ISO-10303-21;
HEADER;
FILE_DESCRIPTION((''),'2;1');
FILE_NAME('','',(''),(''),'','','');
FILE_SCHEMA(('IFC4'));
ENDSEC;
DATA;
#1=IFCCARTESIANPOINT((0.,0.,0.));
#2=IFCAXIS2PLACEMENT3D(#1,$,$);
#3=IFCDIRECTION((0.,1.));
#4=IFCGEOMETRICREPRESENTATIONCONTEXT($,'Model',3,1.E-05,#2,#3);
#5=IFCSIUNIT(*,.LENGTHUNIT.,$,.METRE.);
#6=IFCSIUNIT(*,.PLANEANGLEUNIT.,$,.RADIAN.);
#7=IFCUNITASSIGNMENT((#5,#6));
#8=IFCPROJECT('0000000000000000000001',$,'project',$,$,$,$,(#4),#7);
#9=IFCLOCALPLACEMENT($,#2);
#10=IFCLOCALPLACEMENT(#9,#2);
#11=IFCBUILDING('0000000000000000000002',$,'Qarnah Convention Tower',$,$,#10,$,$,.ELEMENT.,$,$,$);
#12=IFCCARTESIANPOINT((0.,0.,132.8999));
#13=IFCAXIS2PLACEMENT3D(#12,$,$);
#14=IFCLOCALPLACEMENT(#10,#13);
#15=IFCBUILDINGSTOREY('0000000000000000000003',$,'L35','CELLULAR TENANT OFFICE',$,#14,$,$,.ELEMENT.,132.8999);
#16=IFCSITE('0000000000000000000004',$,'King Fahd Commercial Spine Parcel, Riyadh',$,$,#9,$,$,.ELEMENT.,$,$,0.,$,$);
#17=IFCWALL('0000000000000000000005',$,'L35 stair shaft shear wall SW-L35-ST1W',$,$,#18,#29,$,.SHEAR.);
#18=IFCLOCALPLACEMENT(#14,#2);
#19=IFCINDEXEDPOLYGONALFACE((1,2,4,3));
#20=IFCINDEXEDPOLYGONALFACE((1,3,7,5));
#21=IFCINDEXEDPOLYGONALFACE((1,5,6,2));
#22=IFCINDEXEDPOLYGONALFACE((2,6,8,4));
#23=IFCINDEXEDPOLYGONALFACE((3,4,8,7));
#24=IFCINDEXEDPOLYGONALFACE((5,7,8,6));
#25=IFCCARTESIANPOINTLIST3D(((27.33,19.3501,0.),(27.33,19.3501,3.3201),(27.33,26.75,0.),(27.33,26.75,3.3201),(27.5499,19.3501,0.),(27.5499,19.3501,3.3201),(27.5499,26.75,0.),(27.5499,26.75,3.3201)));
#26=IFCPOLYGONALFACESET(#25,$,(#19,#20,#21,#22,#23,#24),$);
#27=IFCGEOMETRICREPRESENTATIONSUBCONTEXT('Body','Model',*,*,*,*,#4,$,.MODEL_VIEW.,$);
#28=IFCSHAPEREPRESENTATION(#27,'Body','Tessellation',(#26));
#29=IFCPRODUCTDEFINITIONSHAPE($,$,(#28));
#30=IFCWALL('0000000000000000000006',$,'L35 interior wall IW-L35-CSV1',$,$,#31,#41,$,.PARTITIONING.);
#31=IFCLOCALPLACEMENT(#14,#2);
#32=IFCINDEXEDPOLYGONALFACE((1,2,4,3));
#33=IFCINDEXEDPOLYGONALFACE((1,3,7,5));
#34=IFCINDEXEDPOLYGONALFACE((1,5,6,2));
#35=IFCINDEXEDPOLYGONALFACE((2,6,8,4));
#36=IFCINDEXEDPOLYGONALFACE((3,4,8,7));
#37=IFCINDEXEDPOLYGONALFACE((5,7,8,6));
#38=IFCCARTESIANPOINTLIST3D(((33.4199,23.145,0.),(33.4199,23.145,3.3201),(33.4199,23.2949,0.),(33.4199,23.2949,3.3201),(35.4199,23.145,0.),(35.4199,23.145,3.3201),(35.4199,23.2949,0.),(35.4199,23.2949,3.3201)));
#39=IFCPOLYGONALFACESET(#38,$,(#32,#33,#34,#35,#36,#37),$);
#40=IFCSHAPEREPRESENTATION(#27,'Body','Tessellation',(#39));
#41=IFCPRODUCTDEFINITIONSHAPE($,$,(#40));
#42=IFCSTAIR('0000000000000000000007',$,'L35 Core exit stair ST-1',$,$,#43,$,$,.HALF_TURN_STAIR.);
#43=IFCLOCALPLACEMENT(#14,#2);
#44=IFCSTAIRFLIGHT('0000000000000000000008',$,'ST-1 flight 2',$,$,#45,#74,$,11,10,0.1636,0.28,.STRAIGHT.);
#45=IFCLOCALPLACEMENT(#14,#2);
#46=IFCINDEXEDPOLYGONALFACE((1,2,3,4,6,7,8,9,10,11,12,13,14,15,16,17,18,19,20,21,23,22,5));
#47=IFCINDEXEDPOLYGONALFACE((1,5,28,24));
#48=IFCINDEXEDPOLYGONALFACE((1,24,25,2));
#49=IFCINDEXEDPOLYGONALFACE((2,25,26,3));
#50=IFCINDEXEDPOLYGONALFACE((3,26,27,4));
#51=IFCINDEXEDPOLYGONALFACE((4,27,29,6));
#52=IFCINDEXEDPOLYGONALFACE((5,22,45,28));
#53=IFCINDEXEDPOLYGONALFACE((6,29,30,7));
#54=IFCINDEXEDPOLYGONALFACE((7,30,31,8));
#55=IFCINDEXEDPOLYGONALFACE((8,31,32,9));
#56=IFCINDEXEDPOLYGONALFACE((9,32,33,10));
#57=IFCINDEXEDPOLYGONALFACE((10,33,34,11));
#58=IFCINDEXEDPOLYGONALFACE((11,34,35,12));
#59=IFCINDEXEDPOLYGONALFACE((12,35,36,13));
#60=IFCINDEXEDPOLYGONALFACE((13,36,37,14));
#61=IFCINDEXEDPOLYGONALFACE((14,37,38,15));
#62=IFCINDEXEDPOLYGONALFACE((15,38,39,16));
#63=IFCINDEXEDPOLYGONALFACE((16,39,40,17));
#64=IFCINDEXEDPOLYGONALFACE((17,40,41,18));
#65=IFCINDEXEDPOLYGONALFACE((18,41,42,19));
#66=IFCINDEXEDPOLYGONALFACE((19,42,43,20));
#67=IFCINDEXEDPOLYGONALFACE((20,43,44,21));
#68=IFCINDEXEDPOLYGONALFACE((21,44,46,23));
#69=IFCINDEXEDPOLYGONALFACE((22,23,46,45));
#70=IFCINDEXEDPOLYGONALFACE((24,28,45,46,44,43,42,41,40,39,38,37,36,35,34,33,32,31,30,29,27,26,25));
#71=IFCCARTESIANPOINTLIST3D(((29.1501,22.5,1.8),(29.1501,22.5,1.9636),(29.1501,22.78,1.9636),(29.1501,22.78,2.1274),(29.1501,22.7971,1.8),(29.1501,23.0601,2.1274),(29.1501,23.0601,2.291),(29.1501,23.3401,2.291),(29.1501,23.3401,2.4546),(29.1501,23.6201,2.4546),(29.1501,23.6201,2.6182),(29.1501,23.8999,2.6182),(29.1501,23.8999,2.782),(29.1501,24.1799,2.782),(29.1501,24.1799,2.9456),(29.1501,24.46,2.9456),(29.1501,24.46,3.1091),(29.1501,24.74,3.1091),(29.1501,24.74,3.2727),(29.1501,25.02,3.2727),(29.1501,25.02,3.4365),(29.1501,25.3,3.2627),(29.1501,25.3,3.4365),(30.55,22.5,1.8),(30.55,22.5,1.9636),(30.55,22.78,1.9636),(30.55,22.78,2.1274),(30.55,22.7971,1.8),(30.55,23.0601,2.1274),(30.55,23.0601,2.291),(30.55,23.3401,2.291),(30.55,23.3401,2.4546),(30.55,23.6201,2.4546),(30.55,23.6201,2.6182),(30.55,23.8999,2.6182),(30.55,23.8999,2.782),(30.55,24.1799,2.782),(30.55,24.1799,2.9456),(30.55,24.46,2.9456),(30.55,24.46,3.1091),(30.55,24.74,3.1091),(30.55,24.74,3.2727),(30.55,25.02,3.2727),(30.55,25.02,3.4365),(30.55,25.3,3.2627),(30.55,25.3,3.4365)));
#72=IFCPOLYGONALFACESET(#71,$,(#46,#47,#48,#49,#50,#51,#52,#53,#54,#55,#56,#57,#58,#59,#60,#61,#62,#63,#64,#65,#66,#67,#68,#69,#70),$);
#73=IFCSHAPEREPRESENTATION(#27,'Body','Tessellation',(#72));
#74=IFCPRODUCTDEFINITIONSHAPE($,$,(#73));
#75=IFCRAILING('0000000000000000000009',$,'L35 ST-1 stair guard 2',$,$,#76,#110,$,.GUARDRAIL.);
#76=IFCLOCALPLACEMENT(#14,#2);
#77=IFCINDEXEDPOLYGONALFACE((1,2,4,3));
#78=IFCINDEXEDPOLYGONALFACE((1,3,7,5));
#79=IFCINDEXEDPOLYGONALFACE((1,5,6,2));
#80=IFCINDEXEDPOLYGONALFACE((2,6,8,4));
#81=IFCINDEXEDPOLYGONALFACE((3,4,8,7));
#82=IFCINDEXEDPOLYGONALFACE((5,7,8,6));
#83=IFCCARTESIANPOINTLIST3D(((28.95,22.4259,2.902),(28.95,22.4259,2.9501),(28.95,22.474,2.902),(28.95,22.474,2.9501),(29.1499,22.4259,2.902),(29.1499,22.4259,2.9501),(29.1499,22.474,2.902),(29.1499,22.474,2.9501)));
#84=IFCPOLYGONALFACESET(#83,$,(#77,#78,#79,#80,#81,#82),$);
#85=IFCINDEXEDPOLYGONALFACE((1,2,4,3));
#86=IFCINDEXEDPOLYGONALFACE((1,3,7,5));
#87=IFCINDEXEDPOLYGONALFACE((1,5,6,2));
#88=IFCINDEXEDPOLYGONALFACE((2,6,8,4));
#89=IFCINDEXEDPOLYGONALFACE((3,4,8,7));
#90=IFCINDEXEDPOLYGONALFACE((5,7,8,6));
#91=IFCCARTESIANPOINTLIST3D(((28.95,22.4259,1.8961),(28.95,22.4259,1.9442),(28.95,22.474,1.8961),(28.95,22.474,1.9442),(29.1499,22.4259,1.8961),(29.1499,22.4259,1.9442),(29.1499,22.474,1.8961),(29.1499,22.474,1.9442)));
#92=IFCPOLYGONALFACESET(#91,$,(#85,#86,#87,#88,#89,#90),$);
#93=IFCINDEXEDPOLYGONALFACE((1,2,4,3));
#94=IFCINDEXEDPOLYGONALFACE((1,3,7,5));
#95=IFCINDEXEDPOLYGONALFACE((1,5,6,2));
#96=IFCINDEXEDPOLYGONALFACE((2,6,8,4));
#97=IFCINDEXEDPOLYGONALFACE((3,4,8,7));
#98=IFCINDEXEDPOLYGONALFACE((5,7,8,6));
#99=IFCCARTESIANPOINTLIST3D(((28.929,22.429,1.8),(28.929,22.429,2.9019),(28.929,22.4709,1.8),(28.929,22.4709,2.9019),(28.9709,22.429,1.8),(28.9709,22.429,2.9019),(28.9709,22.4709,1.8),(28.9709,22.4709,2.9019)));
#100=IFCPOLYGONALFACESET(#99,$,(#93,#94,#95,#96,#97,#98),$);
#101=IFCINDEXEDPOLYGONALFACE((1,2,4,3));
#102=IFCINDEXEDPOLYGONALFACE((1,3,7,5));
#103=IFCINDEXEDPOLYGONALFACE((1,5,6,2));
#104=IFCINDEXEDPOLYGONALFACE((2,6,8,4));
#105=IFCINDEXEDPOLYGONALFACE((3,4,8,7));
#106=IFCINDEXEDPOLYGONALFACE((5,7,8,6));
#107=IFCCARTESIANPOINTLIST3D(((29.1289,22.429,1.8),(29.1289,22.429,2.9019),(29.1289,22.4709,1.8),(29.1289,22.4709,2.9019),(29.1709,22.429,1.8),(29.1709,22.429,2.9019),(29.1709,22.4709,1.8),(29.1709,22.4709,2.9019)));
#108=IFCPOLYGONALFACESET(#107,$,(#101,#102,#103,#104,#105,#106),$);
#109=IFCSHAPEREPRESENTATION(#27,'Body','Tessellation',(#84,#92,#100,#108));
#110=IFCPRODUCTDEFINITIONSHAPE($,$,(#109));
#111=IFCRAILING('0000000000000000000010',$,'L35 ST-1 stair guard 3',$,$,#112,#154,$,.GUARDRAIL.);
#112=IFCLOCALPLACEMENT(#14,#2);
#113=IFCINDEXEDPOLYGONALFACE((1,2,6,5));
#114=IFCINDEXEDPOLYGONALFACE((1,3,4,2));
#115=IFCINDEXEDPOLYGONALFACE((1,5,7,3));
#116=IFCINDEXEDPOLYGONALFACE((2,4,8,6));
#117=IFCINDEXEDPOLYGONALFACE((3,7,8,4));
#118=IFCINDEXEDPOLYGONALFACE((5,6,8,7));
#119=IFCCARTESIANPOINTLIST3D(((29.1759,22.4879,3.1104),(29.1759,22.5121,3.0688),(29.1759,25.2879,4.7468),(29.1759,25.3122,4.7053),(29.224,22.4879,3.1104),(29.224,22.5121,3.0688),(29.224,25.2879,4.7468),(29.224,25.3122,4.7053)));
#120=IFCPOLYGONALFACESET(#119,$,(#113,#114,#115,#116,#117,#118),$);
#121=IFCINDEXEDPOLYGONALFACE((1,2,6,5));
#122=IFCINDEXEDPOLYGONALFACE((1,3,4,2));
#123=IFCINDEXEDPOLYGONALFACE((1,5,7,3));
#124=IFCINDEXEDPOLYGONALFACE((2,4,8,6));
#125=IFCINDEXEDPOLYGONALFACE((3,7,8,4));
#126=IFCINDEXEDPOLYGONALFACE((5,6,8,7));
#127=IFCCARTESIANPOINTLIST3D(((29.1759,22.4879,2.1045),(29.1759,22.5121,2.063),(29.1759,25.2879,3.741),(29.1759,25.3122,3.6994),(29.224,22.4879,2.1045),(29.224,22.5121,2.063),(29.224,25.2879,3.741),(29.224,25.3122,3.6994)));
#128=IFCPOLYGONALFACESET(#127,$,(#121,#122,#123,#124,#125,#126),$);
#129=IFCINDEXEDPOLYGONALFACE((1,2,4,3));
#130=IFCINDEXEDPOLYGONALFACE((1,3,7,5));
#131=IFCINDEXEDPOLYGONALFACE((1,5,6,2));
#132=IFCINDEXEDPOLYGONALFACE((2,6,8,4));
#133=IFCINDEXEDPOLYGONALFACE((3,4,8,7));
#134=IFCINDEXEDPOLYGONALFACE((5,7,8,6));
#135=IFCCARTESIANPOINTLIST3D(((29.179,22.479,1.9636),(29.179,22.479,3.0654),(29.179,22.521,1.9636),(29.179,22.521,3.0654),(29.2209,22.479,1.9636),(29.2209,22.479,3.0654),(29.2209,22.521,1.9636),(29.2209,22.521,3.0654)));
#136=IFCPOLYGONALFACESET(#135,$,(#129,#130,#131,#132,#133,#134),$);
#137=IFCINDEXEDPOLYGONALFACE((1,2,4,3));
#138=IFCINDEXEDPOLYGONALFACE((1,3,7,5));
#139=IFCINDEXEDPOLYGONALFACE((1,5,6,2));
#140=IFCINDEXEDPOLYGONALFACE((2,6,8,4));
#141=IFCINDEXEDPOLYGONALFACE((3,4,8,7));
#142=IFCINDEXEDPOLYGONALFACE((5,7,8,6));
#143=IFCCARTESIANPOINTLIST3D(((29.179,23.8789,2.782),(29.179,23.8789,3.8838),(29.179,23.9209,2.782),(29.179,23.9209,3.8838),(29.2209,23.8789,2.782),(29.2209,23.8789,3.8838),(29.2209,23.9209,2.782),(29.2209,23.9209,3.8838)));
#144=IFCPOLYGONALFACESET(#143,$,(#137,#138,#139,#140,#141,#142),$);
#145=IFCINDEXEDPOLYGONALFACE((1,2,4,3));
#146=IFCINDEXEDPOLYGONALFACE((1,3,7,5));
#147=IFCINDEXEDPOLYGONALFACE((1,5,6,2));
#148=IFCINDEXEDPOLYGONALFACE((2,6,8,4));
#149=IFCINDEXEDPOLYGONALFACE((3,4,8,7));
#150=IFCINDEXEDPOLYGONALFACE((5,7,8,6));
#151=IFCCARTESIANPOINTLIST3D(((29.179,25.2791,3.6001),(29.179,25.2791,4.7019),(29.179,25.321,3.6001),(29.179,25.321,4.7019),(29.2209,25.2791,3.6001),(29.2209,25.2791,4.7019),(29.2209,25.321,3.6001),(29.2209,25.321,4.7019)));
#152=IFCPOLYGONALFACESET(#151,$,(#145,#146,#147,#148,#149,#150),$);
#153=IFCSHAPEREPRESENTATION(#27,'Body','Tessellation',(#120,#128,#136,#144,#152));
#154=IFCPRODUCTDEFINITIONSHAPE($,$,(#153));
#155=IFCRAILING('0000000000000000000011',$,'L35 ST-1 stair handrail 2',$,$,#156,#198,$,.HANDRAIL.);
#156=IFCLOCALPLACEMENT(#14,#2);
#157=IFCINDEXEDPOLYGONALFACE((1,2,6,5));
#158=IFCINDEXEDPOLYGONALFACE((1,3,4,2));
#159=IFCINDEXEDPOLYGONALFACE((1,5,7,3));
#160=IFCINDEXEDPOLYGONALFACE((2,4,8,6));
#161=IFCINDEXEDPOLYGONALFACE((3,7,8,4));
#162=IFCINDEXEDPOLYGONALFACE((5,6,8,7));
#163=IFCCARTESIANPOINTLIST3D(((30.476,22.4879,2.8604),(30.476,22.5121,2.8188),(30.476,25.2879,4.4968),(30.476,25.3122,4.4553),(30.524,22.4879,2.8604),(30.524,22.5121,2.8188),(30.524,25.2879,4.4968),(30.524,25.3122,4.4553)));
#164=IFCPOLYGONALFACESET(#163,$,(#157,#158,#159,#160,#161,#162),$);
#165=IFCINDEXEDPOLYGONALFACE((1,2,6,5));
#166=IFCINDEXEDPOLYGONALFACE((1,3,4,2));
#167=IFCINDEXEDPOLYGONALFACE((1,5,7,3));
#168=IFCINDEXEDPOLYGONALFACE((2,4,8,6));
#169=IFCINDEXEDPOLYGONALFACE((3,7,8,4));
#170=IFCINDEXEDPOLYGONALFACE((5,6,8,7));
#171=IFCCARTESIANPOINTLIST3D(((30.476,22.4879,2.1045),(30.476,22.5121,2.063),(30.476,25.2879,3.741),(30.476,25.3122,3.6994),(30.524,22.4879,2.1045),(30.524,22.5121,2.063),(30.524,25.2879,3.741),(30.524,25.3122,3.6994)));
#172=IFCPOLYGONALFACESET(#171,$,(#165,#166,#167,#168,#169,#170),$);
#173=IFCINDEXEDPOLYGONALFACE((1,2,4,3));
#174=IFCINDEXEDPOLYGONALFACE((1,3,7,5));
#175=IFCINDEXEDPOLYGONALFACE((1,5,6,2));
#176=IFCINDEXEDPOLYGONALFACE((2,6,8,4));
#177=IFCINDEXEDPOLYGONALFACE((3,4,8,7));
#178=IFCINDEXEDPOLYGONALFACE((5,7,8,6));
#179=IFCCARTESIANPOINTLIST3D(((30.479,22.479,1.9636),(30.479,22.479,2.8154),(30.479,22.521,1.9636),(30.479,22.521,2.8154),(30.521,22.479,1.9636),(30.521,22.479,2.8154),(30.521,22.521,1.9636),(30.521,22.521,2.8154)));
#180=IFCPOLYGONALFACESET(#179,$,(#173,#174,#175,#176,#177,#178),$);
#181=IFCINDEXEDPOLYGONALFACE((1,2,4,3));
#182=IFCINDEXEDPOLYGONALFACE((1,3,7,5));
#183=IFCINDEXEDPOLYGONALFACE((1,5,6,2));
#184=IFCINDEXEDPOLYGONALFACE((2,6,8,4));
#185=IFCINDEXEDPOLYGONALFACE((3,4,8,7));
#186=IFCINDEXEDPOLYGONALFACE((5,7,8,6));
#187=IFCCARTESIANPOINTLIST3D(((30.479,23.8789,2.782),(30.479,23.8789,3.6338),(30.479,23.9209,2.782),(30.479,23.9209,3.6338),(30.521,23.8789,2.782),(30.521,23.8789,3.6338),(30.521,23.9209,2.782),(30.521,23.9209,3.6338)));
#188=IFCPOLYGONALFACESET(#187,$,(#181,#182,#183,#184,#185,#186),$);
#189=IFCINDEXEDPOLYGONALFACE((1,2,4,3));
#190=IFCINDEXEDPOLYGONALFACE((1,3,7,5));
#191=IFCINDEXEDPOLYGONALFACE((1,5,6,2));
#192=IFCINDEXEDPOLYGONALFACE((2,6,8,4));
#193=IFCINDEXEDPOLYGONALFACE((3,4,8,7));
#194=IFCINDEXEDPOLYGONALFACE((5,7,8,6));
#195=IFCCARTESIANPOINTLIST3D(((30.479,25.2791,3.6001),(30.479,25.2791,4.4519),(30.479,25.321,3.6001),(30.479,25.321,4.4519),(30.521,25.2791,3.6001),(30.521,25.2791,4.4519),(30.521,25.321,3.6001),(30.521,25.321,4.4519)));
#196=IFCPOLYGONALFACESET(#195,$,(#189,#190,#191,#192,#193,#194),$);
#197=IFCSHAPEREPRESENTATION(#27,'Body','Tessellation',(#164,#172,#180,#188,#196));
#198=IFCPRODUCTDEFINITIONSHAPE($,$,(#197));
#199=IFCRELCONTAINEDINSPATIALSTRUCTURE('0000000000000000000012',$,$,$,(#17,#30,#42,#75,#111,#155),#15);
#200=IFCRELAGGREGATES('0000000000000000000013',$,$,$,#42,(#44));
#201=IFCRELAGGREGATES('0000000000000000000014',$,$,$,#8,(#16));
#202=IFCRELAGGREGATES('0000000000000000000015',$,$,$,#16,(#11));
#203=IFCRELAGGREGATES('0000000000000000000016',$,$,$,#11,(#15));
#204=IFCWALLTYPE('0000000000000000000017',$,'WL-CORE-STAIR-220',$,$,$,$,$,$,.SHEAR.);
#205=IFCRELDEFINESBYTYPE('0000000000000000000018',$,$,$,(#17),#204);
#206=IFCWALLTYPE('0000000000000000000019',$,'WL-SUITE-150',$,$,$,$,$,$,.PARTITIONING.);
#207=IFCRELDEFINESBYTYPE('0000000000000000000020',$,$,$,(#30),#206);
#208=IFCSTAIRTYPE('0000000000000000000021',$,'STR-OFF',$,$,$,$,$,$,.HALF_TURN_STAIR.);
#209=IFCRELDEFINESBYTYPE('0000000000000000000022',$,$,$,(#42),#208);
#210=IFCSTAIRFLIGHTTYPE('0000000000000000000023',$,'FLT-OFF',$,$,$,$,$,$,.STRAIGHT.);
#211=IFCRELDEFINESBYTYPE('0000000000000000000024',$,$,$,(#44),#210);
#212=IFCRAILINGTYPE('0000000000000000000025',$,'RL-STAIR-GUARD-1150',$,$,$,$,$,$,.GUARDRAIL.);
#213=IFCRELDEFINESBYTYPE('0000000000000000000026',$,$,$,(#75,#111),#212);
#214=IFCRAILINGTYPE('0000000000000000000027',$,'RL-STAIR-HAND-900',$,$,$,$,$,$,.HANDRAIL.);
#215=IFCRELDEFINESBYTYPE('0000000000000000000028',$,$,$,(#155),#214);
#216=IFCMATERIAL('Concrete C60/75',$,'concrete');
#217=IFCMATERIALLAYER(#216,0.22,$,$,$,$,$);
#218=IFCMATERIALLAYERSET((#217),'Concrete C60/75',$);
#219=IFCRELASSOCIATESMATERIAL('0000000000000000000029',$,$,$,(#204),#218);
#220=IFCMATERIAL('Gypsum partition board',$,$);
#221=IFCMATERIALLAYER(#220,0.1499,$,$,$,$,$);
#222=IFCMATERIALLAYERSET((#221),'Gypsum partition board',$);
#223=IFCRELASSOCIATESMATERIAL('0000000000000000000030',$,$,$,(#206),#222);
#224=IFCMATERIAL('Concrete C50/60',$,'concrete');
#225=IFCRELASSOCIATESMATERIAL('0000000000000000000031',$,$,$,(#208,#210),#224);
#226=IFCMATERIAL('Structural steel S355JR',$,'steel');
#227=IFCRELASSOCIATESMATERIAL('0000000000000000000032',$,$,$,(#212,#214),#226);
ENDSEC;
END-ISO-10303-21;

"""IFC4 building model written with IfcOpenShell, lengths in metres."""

from ifc_helpers import new_model, si_unit, direction, frame, frame_2d, origin, origin_2d, place, context, subcontext, project, spatial, polyline, rectangle, outline, extrude, material, layer, layer_set, type_object, element, aggregate, save


model = new_model("IFC4")

# Units and contexts
model_context = context("Model", 3, precision=1e-05, world=origin(), true_north=direction((0.0, 1.0)))
body_context = subcontext(model_context, "Body", "Model", "MODEL_VIEW")
ifc_project = project(units=[si_unit("LENGTHUNIT", "METRE"), si_unit("PLANEANGLEUNIT", "RADIAN")], contexts=[model_context])

# Site, building, storey
site_placement = place(None, origin())
site = spatial("IfcSite", under=ifc_project, at=site_placement, Name="King Fahd Commercial Spine Parcel, Riyadh", CompositionType="ELEMENT", RefElevation=0.0)
building_placement = place(site_placement, origin())
building = spatial("IfcBuilding", under=site, at=building_placement, Name="Qarnah Convention Tower", CompositionType="ELEMENT")
storey_placement = place(building_placement, frame((0.0, 0.0, 132.8999)))
storey = spatial("IfcBuildingStorey", under=building, at=storey_placement, Name="L35", Description="CELLULAR TENANT OFFICE", CompositionType="ELEMENT", Elevation=132.8999)

# Shared definitions
ifc_material_1 = material(Name="Structural steel S355JR", Category="steel")

# Walls
ifc_material_2 = material(Name="Concrete C60/75", Category="concrete")
ifc_layer_1 = layer(ifc_material_2, 0.22)
ifc_layer_set_1 = layer_set([ifc_layer_1], Name="Concrete C60/75")
wall_type_1 = type_object("IfcWallType", Name="WL-CORE-STAIR-220", PredefinedType="SHEAR", material=ifc_layer_set_1)
wall_1_placement = place(storey_placement, frame((27.4399, 19.3501, 0.0), z_axis=(0.0, 0.0, 1.0), x_axis=(0.0, 1.0, 0.0)))
element("IfcWall", 1, at=wall_1_placement, inside=storey, type_object=wall_type_1, Name="L35 stair shaft shear wall SW-L35-ST1W", PredefinedType="SHEAR", context=body_context, shape_type="SweptSolid", body=[
    extrude(rectangle(XDim=7.3999, YDim=0.22, at=frame_2d((3.7, 0.0))), origin(), (0.0, 0.0, 1.0), 3.3201),
])
ifc_material_3 = material(Name="Gypsum partition board")
ifc_layer_2 = layer(ifc_material_3, 0.1499)
ifc_layer_set_2 = layer_set([ifc_layer_2], Name="Gypsum partition board")
wall_type_2 = type_object("IfcWallType", Name="WL-SUITE-150", PredefinedType="PARTITIONING", material=ifc_layer_set_2)
wall_2_placement = place(storey_placement, frame((33.4199, 23.22, 0.0), z_axis=(0.0, 0.0, 1.0), x_axis=(1.0, 0.0, 0.0)))
element("IfcWall", 2, at=wall_2_placement, inside=storey, type_object=wall_type_2, Name="L35 interior wall IW-L35-CSV1", PredefinedType="PARTITIONING", context=body_context, shape_type="SweptSolid", body=[
    extrude(rectangle(XDim=2.0, YDim=0.1499, at=frame_2d((1.0, 0.0))), origin(), (0.0, 0.0, 1.0), 3.3201),
])

# Stair, stair flight
ifc_material_4 = material(Name="Concrete C50/60", Category="concrete")
stair_type = type_object("IfcStairType", Name="STR-OFF", PredefinedType="HALF_TURN_STAIR", material=ifc_material_4)
stair_placement = place(storey_placement, origin())
stair = element("IfcStair", 3, at=stair_placement, inside=storey, type_object=stair_type, Name="L35 Core exit stair ST-1", PredefinedType="HALF_TURN_STAIR")
stair_flight_type = type_object("IfcStairFlightType", Name="FLT-OFF", PredefinedType="STRAIGHT", material=ifc_material_4)
stair_flight_placement = place(storey_placement, frame((29.8501, 22.5, 1.8), z_axis=(0.0, 0.0, 1.0), x_axis=(0.0, 1.0, 0.0)))
stair_flight = element("IfcStairFlight", 4, at=stair_flight_placement, type_object=stair_flight_type, Name="ST-1 flight 2", NumberOfRisers=11, NumberOfTreads=10, PredefinedType="STRAIGHT", RiserHeight=0.1636, TreadLength=0.28, context=body_context, shape_type="SweptSolid", body=[
    extrude(outline(polyline([(0.0, 0.0), (0.0, 0.1636), (0.28, 0.1636), (0.28, 0.3274), (0.5601, 0.3274), (0.5601, 0.491), (0.8401, 0.491), (0.8401, 0.6545), (1.1201, 0.6545), (1.1201, 0.8181), (1.3999, 0.8181), (1.3999, 0.9819), (1.6799, 0.9819), (1.6799, 1.1455), (1.96, 1.1455), (1.96, 1.3091), (2.24, 1.3091), (2.24, 1.4727), (2.52, 1.4727), (2.52, 1.6365), (2.8, 1.6365), (2.8, 1.8), (2.8, 1.4626), (0.2971, 0.0), (0.0, 0.0)])), frame((0.0, 0.7, 0.0), z_axis=(0.0, -1.0, 0.0), x_axis=(1.0, 0.0, 0.0)), (0.0, 0.0, 1.0), 1.3999),
])
aggregate(stair, [stair_flight])

# Railings
railing_type_1 = type_object("IfcRailingType", Name="RL-STAIR-GUARD-1150", PredefinedType="GUARDRAIL", material=ifc_material_1)
railing_1_placement = place(storey_placement, frame((28.95, 22.45, 1.8)))
element("IfcRailing", 5, at=railing_1_placement, inside=storey, type_object=railing_type_1, Name="L35 ST-1 stair guard 2", PredefinedType="GUARDRAIL", context=body_context, shape_type="SweptSolid", body=[
    extrude(rectangle(XDim=0.0481, YDim=0.0481, at=origin_2d()), frame((0.0, 0.0, 1.126), z_axis=(1.0, 0.0, 0.0), x_axis=(0.0, 1.0, 0.0)), (0.0, 0.0, 1.0), 0.2),
    extrude(rectangle(XDim=0.0481, YDim=0.0481, at=origin_2d()), frame((0.0, 0.0, 0.1201), z_axis=(1.0, 0.0, 0.0), x_axis=(0.0, 1.0, 0.0)), (0.0, 0.0, 1.0), 0.2),
    extrude(rectangle(XDim=0.042, YDim=0.042, at=origin_2d()), origin(), (0.0, 0.0, 1.0), 1.1018),
    extrude(rectangle(XDim=0.042, YDim=0.042, at=origin_2d()), frame((0.2, 0.0, 0.0)), (0.0, 0.0, 1.0), 1.1018),
])
railing_2_placement = place(storey_placement, frame((29.2, 22.5, 1.9636)))
element("IfcRailing", 6, at=railing_2_placement, inside=storey, type_object=railing_type_1, Name="L35 ST-1 stair guard 3", PredefinedType="GUARDRAIL", context=body_context, shape_type="SweptSolid", body=[
    extrude(rectangle(XDim=0.0481, YDim=0.0481, at=origin_2d()), frame((0.0, 0.0, 1.126), z_axis=(0.0, 0.863361, 0.504587), x_axis=(-1.0, 0.0, 0.0)), (0.0, 0.0, 1.0), 3.2432),
    extrude(rectangle(XDim=0.0481, YDim=0.0481, at=origin_2d()), frame((0.0, 0.0, 0.1201), z_axis=(0.0, 0.863361, 0.504587), x_axis=(-1.0, 0.0, 0.0)), (0.0, 0.0, 1.0), 3.2432),
    extrude(rectangle(XDim=0.042, YDim=0.042, at=origin_2d()), origin(), (0.0, 0.0, 1.0), 1.1018),
    extrude(rectangle(XDim=0.042, YDim=0.042, at=origin_2d()), frame((0.0, 1.3999, 0.8184)), (0.0, 0.0, 1.0), 1.1018),
    extrude(rectangle(XDim=0.042, YDim=0.042, at=origin_2d()), frame((0.0, 2.8, 1.6365)), (0.0, 0.0, 1.0), 1.1018),
])
railing_type_2 = type_object("IfcRailingType", Name="RL-STAIR-HAND-900", PredefinedType="HANDRAIL", material=ifc_material_1)
railing_3_placement = place(storey_placement, frame((30.5, 22.5, 1.9636)))
element("IfcRailing", 7, at=railing_3_placement, inside=storey, type_object=railing_type_2, Name="L35 ST-1 stair handrail 2", PredefinedType="HANDRAIL", context=body_context, shape_type="SweptSolid", body=[
    extrude(rectangle(XDim=0.0481, YDim=0.0481, at=origin_2d()), frame((0.0, 0.0, 0.876), z_axis=(0.0, 0.863361, 0.504587), x_axis=(-1.0, 0.0, 0.0)), (0.0, 0.0, 1.0), 3.2432),
    extrude(rectangle(XDim=0.0481, YDim=0.0481, at=origin_2d()), frame((0.0, 0.0, 0.1201), z_axis=(0.0, 0.863361, 0.504587), x_axis=(-1.0, 0.0, 0.0)), (0.0, 0.0, 1.0), 3.2432),
    extrude(rectangle(XDim=0.042, YDim=0.042, at=origin_2d()), origin(), (0.0, 0.0, 1.0), 0.8518),
    extrude(rectangle(XDim=0.042, YDim=0.042, at=origin_2d()), frame((0.0, 1.3999, 0.8184)), (0.0, 0.0, 1.0), 0.8518),
    extrude(rectangle(XDim=0.042, YDim=0.042, at=origin_2d()), frame((0.0, 2.8, 1.6365)), (0.0, 0.0, 1.0), 0.8518),
])

save(model, "model.ifc")
